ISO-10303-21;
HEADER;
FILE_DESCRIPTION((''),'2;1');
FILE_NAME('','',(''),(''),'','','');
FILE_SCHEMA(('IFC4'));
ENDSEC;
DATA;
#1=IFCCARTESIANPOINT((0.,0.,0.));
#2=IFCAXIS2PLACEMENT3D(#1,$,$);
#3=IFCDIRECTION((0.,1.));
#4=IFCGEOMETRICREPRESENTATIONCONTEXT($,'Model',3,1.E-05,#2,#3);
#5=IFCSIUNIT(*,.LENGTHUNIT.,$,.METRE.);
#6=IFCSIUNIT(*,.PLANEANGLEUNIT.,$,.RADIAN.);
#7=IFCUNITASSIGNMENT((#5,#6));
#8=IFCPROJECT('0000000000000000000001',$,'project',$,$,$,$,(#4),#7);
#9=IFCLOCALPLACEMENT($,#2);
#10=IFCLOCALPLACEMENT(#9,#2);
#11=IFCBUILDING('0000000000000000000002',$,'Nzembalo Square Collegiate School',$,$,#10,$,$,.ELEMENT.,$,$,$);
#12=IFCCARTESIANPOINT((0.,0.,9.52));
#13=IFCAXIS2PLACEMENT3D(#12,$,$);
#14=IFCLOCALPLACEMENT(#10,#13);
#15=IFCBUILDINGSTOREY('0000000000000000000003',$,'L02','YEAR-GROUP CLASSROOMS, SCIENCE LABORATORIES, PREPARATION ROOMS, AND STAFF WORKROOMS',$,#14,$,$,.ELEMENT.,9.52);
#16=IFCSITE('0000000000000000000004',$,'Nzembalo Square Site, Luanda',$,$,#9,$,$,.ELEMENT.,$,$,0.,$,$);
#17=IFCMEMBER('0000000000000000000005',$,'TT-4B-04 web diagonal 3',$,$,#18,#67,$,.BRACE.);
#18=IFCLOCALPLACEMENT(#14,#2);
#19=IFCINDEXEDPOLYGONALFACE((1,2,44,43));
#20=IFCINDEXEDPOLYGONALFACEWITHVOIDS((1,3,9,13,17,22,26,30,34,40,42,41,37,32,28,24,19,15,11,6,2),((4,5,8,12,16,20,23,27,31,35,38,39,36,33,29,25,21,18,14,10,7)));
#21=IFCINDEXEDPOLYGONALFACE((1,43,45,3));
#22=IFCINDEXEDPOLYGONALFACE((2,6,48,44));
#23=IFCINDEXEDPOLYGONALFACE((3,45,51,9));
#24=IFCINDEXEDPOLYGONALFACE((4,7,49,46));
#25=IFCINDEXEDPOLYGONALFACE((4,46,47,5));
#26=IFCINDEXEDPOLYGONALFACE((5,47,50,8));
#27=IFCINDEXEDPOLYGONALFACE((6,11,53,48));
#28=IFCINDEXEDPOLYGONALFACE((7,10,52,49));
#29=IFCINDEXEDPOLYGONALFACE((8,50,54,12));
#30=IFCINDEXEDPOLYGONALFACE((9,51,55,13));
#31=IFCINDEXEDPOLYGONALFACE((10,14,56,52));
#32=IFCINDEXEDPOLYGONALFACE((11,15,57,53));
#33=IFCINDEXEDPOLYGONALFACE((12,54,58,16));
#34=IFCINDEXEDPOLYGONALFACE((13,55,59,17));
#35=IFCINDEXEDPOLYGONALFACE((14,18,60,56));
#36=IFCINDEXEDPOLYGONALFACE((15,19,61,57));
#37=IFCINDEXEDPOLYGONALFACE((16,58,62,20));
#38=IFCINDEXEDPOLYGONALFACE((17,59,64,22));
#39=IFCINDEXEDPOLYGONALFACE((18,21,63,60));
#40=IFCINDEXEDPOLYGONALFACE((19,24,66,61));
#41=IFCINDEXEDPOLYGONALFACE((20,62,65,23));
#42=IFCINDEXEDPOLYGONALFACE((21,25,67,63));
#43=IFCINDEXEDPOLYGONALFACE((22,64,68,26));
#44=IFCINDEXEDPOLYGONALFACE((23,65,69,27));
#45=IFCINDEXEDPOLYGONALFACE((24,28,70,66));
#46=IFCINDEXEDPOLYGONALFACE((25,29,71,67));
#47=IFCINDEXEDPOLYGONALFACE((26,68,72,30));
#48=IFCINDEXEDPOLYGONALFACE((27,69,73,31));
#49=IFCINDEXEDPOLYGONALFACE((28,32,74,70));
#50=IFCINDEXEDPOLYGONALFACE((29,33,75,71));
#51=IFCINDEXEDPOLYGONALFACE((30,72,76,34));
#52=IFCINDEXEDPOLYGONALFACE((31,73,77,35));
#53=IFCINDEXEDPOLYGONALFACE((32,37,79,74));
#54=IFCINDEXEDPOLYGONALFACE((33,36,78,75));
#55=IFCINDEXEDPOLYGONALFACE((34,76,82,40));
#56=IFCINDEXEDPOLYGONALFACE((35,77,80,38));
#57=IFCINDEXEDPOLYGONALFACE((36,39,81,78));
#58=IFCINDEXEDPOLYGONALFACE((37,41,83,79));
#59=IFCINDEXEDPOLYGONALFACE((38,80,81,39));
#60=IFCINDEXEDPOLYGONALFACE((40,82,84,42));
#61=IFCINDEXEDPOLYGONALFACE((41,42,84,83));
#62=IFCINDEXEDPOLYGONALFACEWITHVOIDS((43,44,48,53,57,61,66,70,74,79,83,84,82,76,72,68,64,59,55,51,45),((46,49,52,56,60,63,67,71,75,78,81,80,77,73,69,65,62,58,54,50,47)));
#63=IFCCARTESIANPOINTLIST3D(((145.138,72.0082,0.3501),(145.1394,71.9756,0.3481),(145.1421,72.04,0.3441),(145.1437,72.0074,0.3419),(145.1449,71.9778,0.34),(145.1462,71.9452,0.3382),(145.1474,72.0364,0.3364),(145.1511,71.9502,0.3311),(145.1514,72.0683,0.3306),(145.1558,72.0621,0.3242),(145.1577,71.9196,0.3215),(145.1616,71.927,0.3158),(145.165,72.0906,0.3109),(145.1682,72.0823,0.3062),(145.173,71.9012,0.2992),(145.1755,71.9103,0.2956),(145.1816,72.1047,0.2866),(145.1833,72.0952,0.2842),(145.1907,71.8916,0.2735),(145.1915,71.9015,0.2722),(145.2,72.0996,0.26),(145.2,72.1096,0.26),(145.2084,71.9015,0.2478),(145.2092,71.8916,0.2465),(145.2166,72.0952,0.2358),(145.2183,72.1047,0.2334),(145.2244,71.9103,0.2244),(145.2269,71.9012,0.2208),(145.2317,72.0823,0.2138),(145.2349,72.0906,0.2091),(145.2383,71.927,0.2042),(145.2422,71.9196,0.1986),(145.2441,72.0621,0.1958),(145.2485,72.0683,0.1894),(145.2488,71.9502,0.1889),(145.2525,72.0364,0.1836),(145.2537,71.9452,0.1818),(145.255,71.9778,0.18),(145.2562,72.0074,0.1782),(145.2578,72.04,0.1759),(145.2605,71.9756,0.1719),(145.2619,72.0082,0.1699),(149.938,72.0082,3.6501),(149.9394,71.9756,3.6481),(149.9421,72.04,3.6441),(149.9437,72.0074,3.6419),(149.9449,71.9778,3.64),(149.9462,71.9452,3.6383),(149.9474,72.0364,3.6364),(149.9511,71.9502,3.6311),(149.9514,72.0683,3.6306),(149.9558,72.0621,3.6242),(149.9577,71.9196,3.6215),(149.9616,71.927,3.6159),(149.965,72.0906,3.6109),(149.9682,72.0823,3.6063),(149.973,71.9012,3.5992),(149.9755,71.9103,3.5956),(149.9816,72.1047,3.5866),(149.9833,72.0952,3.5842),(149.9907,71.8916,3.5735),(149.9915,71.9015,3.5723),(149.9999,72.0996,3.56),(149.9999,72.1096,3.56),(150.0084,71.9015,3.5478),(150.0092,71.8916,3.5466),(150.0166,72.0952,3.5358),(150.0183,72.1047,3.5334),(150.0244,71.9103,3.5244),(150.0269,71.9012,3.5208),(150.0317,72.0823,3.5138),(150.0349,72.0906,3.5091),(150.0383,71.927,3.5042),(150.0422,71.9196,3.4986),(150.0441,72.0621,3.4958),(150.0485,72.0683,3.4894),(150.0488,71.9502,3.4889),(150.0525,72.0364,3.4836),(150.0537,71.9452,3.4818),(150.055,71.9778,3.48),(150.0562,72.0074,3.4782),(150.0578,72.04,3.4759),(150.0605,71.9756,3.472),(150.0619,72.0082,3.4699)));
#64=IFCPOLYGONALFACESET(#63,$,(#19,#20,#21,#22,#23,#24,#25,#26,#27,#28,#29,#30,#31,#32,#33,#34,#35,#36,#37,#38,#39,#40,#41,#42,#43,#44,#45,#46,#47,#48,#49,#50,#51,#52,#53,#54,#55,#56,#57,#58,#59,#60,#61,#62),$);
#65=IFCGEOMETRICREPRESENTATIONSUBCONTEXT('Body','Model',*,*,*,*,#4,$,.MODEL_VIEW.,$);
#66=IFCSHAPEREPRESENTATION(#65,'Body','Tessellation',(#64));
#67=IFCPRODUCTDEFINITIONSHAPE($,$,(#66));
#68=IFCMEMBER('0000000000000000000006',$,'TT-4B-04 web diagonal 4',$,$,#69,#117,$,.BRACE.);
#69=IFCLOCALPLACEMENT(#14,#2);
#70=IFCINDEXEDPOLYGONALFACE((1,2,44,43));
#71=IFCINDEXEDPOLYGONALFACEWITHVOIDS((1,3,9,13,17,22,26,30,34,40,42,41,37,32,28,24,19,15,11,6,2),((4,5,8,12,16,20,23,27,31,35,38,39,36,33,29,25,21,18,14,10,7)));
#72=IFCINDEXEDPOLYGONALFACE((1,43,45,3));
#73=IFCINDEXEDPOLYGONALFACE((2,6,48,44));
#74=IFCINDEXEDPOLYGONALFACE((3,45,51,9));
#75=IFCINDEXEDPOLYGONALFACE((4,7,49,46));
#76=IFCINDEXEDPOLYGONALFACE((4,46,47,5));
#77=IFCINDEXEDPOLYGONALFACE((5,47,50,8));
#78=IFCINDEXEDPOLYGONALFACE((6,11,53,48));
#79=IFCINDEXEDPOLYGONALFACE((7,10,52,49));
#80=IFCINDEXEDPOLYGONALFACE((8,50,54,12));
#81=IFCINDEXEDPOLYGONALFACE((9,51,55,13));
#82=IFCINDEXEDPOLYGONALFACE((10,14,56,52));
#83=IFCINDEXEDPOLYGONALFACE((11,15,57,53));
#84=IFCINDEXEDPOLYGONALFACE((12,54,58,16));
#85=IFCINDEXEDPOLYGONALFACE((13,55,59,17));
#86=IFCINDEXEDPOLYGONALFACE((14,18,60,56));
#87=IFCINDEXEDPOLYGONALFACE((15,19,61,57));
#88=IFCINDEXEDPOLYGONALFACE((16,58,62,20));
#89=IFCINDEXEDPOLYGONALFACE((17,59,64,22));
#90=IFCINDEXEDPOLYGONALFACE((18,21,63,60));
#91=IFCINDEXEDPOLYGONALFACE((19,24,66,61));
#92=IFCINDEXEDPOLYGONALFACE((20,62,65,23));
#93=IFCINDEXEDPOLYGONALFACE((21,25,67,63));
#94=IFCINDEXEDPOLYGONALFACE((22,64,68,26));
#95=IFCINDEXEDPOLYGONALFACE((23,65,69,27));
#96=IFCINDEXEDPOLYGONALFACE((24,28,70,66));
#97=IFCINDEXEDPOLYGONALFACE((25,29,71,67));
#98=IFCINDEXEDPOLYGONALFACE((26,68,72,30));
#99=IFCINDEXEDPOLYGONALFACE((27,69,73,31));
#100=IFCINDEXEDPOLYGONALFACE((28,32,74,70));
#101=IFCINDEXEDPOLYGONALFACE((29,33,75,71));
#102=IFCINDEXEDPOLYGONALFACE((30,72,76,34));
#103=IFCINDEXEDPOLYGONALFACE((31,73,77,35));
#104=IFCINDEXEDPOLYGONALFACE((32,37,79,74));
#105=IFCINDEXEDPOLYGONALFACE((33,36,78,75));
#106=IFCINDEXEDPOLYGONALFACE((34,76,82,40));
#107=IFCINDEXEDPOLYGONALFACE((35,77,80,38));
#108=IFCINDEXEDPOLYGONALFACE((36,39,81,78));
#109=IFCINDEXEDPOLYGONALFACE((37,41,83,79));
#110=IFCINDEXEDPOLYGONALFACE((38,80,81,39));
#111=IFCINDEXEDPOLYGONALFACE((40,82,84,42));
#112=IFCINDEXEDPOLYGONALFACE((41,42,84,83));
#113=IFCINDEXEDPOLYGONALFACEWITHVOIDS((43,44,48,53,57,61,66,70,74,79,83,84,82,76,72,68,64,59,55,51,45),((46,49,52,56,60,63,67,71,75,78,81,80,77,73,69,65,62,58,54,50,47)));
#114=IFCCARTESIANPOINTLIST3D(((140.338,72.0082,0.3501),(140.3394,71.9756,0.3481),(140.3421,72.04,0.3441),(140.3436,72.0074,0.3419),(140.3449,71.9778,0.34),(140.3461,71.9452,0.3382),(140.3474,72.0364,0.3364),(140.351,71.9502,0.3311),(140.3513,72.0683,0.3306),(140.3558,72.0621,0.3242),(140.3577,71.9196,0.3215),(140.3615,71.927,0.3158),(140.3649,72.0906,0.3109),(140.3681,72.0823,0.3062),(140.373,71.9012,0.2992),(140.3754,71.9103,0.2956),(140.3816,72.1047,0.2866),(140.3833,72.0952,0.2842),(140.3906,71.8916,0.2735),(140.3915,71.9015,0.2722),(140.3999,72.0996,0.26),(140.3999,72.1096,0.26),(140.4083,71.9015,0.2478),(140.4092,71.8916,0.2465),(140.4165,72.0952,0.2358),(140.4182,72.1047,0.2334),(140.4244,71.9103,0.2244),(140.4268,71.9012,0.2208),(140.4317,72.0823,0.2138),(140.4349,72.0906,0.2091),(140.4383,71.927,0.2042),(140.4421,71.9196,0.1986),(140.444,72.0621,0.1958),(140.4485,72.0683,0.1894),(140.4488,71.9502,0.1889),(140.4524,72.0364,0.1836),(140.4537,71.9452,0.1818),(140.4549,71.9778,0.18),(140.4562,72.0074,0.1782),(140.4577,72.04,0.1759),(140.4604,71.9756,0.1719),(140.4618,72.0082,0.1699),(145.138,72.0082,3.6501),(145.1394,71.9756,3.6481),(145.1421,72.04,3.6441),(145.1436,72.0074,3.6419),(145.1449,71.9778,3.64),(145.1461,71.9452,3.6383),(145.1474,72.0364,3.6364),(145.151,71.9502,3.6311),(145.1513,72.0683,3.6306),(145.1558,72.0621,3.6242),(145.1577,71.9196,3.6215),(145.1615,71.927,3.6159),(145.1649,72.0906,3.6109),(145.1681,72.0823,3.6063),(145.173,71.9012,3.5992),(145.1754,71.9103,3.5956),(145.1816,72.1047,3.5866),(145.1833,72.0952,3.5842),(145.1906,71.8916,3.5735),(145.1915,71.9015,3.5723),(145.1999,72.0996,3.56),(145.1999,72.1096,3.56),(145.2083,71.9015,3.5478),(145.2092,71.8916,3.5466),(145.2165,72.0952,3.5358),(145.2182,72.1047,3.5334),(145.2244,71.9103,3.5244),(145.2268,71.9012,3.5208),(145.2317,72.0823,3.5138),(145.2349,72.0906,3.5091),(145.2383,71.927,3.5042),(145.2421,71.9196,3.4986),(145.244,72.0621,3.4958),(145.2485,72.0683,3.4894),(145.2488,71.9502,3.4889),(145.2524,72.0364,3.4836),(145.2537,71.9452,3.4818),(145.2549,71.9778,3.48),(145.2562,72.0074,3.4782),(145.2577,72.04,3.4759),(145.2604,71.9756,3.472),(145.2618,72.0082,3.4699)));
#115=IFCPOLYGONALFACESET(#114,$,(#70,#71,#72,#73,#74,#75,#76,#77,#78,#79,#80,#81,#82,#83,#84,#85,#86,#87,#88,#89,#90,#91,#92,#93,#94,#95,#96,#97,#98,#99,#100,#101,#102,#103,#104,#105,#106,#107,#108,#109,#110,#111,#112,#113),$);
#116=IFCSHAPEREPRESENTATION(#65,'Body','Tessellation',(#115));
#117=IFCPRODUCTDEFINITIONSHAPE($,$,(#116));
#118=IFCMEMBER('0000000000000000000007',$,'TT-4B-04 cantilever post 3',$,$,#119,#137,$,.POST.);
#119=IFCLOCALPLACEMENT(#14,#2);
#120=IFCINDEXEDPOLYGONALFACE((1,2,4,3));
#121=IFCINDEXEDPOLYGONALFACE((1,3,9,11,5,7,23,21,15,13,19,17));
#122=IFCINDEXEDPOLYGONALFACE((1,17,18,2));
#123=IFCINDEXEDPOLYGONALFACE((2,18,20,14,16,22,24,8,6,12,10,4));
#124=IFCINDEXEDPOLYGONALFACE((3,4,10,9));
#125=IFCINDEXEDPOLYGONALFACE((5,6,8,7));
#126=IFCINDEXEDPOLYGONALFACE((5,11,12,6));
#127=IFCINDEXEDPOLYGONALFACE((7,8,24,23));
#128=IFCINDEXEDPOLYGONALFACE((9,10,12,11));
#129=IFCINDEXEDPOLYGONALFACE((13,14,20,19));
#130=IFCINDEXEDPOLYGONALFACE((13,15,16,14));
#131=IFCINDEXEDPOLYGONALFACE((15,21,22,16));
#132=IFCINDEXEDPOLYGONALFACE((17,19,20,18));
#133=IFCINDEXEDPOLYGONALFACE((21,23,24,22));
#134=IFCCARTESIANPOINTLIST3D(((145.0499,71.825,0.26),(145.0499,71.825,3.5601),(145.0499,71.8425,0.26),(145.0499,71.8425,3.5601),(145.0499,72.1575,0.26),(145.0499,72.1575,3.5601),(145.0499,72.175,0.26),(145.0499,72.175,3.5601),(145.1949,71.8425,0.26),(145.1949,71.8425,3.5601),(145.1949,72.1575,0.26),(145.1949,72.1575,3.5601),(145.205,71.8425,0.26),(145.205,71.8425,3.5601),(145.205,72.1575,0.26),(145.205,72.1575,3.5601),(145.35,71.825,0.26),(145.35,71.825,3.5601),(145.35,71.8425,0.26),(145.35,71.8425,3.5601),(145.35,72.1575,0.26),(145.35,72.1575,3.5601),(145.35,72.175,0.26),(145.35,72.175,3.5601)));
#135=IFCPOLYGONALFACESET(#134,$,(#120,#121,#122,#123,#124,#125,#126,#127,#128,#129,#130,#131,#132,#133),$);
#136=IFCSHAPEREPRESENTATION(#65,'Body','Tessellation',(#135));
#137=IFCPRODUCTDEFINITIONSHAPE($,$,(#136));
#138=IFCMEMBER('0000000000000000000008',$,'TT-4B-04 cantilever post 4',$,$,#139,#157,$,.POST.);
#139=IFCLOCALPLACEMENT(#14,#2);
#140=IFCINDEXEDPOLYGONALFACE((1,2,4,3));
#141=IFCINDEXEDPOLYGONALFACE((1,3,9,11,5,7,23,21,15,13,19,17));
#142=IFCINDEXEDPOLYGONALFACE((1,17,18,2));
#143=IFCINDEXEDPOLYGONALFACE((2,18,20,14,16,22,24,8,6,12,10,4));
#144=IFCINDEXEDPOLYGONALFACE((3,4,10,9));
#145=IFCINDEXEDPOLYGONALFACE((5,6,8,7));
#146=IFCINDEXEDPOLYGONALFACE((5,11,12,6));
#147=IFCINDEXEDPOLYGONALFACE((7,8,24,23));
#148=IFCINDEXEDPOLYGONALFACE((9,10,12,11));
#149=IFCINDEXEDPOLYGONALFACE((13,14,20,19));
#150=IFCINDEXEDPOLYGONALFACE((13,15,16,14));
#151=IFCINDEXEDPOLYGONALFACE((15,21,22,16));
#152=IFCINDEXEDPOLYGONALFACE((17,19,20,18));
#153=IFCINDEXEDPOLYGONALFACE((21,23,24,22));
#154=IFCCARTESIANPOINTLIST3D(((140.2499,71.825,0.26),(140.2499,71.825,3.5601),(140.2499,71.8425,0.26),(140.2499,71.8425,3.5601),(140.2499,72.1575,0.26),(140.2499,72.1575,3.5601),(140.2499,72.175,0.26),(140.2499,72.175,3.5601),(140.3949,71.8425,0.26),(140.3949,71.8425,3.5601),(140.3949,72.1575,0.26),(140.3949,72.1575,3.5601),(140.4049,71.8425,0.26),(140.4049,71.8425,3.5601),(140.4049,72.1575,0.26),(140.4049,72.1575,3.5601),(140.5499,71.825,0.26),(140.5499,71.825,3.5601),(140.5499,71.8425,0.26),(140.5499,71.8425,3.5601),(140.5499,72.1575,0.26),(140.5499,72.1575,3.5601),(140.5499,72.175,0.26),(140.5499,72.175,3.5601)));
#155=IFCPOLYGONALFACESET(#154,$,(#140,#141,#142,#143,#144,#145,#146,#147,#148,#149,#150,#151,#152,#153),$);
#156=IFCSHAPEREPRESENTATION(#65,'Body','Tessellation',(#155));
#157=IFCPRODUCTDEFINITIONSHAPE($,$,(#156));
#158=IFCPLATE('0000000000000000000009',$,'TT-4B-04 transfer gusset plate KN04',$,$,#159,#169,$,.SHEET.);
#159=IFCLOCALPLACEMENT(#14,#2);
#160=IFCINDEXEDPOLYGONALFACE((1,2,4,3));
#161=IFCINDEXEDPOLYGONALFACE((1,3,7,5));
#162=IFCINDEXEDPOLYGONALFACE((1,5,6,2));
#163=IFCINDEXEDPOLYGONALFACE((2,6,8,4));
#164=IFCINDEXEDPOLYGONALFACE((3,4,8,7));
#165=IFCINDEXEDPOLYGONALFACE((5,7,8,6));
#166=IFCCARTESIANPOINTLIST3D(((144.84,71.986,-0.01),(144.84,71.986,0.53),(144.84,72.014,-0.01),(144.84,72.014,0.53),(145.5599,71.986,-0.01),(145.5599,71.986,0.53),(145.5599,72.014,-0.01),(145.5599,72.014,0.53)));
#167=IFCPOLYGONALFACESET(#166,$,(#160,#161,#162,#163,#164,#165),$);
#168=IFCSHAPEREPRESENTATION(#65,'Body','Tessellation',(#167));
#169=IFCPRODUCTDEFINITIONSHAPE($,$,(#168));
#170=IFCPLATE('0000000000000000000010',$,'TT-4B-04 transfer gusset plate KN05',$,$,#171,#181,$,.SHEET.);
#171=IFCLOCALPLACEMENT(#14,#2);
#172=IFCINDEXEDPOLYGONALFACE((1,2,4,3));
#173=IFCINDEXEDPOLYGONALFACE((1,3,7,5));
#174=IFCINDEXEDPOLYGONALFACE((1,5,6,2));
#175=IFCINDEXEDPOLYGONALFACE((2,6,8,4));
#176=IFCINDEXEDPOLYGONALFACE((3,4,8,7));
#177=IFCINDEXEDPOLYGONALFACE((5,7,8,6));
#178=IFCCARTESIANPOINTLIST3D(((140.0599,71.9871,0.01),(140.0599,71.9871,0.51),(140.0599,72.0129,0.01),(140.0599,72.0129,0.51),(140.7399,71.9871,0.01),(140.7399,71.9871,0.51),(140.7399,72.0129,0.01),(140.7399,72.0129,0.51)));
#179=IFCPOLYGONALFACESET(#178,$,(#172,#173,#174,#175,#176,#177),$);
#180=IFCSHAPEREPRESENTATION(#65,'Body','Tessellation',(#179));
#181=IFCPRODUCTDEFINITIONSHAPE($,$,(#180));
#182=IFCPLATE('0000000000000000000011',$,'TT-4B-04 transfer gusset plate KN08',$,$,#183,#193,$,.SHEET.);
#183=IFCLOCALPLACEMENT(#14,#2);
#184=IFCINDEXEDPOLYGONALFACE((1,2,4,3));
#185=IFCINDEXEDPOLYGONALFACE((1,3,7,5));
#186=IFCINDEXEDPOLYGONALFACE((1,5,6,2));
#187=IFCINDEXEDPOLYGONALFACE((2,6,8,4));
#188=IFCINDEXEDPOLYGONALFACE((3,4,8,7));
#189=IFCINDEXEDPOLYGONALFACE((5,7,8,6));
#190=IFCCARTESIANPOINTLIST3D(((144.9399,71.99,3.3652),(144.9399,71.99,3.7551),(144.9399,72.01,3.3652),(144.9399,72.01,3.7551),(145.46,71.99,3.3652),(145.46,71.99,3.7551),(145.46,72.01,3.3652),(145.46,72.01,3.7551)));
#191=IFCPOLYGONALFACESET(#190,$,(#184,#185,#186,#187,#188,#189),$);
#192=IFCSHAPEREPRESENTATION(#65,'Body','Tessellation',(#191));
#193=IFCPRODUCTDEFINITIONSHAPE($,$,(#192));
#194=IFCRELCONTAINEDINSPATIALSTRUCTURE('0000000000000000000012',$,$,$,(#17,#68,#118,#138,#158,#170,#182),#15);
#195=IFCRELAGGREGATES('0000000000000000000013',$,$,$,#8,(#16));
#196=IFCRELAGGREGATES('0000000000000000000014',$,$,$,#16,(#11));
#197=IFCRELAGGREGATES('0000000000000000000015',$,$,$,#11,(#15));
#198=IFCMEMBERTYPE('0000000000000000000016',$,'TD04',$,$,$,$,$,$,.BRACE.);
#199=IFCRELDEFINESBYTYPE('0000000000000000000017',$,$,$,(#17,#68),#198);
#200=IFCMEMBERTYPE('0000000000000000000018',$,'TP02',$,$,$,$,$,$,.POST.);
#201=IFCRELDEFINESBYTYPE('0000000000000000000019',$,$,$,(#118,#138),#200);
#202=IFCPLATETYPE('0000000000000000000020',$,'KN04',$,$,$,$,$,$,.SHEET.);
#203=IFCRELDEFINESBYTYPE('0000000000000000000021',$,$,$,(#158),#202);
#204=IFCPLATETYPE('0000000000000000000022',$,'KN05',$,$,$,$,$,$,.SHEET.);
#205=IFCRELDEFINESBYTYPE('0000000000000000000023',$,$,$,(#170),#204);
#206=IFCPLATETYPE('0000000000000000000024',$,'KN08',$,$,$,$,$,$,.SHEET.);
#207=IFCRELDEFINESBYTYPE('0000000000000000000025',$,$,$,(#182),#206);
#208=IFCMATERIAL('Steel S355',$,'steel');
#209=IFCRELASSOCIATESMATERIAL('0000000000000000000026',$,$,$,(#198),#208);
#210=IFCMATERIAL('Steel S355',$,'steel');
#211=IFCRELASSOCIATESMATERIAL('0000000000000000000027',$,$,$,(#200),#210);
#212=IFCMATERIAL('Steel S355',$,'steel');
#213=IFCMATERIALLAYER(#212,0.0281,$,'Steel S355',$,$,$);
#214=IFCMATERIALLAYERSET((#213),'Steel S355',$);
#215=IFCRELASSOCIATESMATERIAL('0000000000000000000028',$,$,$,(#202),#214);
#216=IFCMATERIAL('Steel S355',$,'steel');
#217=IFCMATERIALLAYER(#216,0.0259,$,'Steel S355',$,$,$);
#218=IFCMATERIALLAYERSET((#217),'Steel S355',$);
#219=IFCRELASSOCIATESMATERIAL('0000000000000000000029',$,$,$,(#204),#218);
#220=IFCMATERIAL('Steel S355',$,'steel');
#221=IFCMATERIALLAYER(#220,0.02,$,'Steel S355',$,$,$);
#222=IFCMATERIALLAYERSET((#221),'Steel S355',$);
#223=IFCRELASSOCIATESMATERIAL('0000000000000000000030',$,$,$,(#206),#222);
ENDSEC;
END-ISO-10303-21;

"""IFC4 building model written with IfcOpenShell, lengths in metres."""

from ifc_helpers import new_model, si_unit, direction, frame, origin, origin_2d, place, context, subcontext, project, spatial, rectangle, hollow_circle, i_section, extrude, material, layer, layer_set, material_profile, profile_set, type_object, element, save


model = new_model("IFC4")

# Units and contexts
model_context = context("Model", 3, precision=1e-05, world=origin(), true_north=direction((0.0, 1.0)))
body_context = subcontext(model_context, "Body", "Model", "MODEL_VIEW")
ifc_project = project(units=[si_unit("LENGTHUNIT", "METRE"), si_unit("PLANEANGLEUNIT", "RADIAN")], contexts=[model_context])

# Site, building, storey
site_placement = place(None, origin())
site = spatial("IfcSite", under=ifc_project, at=site_placement, Name="Nzembalo Square Site, Luanda", CompositionType="ELEMENT", RefElevation=0.0)
building_placement = place(site_placement, origin())
building = spatial("IfcBuilding", under=site, at=building_placement, Name="Nzembalo Square Collegiate School", CompositionType="ELEMENT")
storey_placement = place(building_placement, frame((0.0, 0.0, 9.52)))
storey = spatial("IfcBuildingStorey", under=building, at=storey_placement, Name="L02", Description="YEAR-GROUP CLASSROOMS, SCIENCE LABORATORIES, PREPARATION ROOMS, AND STAFF WORKROOMS", CompositionType="ELEMENT", Elevation=9.52)

# Members
ifc_material_1 = material(Name="Steel S355", Category="steel")
ifc_material_profile_1 = material_profile(ifc_material_1, hollow_circle(Radius=0.1096, WallThickness=0.01, at=origin_2d()), Name="CHS 219x10")
ifc_profile_set_1 = profile_set([ifc_material_profile_1], Name="Steel S355")
member_type_1 = type_object("IfcMemberType", Name="TD04", PredefinedType="BRACE", material=ifc_profile_set_1)
for number, where, z_axis, x_axis, name in (
    (1, (145.2, 72.0, 0.26), (0.824041, 0.0, 0.566531), (0.0, 1.0, 0.0), "TT-4B-04 web diagonal 3"),
    (2, (140.3999, 72.0, 0.26), (0.824041, 0.0, 0.566531), (0.0, 1.0, 0.0), "TT-4B-04 web diagonal 4"),
):
    element("IfcMember", number, at=place(storey_placement, frame(where, z_axis=z_axis, x_axis=x_axis)), inside=storey, type_object=member_type_1, Name=name, PredefinedType="BRACE", context=body_context, shape_type="SweptSolid", body=[
        extrude(hollow_circle(Radius=0.1096, WallThickness=0.01, at=origin_2d()), origin(), (0.0, 0.0, 1.0), 5.825),
    ])
ifc_material_2 = material(Name="Steel S355", Category="steel")
ifc_material_profile_2 = material_profile(ifc_material_2, i_section(OverallWidth=0.3, OverallDepth=0.3501, WebThickness=0.01, FlangeThickness=0.0176, at=origin_2d()), Name="HEA 360")
ifc_profile_set_2 = profile_set([ifc_material_profile_2], Name="Steel S355")
member_type_2 = type_object("IfcMemberType", Name="TP02", PredefinedType="POST", material=ifc_profile_set_2)
for number, where, z_axis, x_axis, name in (
    (3, (145.2, 72.0, 0.26), (0.0, 0.0, 1.0), (1.0, 0.0, 0.0), "TT-4B-04 cantilever post 3"),
    (4, (140.3999, 72.0, 0.26), (0.0, 0.0, 1.0), (1.0, 0.0, 0.0), "TT-4B-04 cantilever post 4"),
):
    element("IfcMember", number, at=place(storey_placement, frame(where, z_axis=z_axis, x_axis=x_axis)), inside=storey, type_object=member_type_2, Name=name, PredefinedType="POST", context=body_context, shape_type="SweptSolid", body=[
        extrude(i_section(OverallWidth=0.3, OverallDepth=0.3501, WebThickness=0.01, FlangeThickness=0.0176, at=origin_2d()), origin(), (0.0, 0.0, 1.0), 3.3),
    ])

# Plates
ifc_material_3 = material(Name="Steel S355", Category="steel")
ifc_layer_1 = layer(ifc_material_3, 0.0281, Name="Steel S355")
ifc_layer_set_1 = layer_set([ifc_layer_1], Name="Steel S355")
plate_type_1 = type_object("IfcPlateType", Name="KN04", PredefinedType="SHEET", material=ifc_layer_set_1)
plate_1_placement = place(storey_placement, frame((145.2, 72.0, -0.01), z_axis=(0.0, 0.0, 1.0), x_axis=(1.0, 0.0, 0.0)))
element("IfcPlate", 5, at=plate_1_placement, inside=storey, type_object=plate_type_1, Name="TT-4B-04 transfer gusset plate KN04", PredefinedType="SHEET", context=body_context, shape_type="SweptSolid", body=[
    extrude(rectangle(XDim=0.72, YDim=0.0281, at=origin_2d()), origin(), (0.0, 0.0, 1.0), 0.54),
])
ifc_material_4 = material(Name="Steel S355", Category="steel")
ifc_layer_2 = layer(ifc_material_4, 0.0259, Name="Steel S355")
ifc_layer_set_2 = layer_set([ifc_layer_2], Name="Steel S355")
plate_type_2 = type_object("IfcPlateType", Name="KN05", PredefinedType="SHEET", material=ifc_layer_set_2)
plate_2_placement = place(storey_placement, frame((140.3999, 72.0, 0.01), z_axis=(0.0, 0.0, 1.0), x_axis=(1.0, 0.0, 0.0)))
element("IfcPlate", 6, at=plate_2_placement, inside=storey, type_object=plate_type_2, Name="TT-4B-04 transfer gusset plate KN05", PredefinedType="SHEET", context=body_context, shape_type="SweptSolid", body=[
    extrude(rectangle(XDim=0.6799, YDim=0.0259, at=origin_2d()), origin(), (0.0, 0.0, 1.0), 0.5),
])
ifc_material_5 = material(Name="Steel S355", Category="steel")
ifc_layer_3 = layer(ifc_material_5, 0.02, Name="Steel S355")
ifc_layer_set_3 = layer_set([ifc_layer_3], Name="Steel S355")
plate_type_3 = type_object("IfcPlateType", Name="KN08", PredefinedType="SHEET", material=ifc_layer_set_3)
plate_3_placement = place(storey_placement, frame((145.2, 72.0, 3.3652), z_axis=(0.0, 0.0, 1.0), x_axis=(1.0, 0.0, 0.0)))
element("IfcPlate", 7, at=plate_3_placement, inside=storey, type_object=plate_type_3, Name="TT-4B-04 transfer gusset plate KN08", PredefinedType="SHEET", context=body_context, shape_type="SweptSolid", body=[
    extrude(rectangle(XDim=0.52, YDim=0.02, at=origin_2d()), origin(), (0.0, 0.0, 1.0), 0.3899),
])

save(model, "model.ifc")
